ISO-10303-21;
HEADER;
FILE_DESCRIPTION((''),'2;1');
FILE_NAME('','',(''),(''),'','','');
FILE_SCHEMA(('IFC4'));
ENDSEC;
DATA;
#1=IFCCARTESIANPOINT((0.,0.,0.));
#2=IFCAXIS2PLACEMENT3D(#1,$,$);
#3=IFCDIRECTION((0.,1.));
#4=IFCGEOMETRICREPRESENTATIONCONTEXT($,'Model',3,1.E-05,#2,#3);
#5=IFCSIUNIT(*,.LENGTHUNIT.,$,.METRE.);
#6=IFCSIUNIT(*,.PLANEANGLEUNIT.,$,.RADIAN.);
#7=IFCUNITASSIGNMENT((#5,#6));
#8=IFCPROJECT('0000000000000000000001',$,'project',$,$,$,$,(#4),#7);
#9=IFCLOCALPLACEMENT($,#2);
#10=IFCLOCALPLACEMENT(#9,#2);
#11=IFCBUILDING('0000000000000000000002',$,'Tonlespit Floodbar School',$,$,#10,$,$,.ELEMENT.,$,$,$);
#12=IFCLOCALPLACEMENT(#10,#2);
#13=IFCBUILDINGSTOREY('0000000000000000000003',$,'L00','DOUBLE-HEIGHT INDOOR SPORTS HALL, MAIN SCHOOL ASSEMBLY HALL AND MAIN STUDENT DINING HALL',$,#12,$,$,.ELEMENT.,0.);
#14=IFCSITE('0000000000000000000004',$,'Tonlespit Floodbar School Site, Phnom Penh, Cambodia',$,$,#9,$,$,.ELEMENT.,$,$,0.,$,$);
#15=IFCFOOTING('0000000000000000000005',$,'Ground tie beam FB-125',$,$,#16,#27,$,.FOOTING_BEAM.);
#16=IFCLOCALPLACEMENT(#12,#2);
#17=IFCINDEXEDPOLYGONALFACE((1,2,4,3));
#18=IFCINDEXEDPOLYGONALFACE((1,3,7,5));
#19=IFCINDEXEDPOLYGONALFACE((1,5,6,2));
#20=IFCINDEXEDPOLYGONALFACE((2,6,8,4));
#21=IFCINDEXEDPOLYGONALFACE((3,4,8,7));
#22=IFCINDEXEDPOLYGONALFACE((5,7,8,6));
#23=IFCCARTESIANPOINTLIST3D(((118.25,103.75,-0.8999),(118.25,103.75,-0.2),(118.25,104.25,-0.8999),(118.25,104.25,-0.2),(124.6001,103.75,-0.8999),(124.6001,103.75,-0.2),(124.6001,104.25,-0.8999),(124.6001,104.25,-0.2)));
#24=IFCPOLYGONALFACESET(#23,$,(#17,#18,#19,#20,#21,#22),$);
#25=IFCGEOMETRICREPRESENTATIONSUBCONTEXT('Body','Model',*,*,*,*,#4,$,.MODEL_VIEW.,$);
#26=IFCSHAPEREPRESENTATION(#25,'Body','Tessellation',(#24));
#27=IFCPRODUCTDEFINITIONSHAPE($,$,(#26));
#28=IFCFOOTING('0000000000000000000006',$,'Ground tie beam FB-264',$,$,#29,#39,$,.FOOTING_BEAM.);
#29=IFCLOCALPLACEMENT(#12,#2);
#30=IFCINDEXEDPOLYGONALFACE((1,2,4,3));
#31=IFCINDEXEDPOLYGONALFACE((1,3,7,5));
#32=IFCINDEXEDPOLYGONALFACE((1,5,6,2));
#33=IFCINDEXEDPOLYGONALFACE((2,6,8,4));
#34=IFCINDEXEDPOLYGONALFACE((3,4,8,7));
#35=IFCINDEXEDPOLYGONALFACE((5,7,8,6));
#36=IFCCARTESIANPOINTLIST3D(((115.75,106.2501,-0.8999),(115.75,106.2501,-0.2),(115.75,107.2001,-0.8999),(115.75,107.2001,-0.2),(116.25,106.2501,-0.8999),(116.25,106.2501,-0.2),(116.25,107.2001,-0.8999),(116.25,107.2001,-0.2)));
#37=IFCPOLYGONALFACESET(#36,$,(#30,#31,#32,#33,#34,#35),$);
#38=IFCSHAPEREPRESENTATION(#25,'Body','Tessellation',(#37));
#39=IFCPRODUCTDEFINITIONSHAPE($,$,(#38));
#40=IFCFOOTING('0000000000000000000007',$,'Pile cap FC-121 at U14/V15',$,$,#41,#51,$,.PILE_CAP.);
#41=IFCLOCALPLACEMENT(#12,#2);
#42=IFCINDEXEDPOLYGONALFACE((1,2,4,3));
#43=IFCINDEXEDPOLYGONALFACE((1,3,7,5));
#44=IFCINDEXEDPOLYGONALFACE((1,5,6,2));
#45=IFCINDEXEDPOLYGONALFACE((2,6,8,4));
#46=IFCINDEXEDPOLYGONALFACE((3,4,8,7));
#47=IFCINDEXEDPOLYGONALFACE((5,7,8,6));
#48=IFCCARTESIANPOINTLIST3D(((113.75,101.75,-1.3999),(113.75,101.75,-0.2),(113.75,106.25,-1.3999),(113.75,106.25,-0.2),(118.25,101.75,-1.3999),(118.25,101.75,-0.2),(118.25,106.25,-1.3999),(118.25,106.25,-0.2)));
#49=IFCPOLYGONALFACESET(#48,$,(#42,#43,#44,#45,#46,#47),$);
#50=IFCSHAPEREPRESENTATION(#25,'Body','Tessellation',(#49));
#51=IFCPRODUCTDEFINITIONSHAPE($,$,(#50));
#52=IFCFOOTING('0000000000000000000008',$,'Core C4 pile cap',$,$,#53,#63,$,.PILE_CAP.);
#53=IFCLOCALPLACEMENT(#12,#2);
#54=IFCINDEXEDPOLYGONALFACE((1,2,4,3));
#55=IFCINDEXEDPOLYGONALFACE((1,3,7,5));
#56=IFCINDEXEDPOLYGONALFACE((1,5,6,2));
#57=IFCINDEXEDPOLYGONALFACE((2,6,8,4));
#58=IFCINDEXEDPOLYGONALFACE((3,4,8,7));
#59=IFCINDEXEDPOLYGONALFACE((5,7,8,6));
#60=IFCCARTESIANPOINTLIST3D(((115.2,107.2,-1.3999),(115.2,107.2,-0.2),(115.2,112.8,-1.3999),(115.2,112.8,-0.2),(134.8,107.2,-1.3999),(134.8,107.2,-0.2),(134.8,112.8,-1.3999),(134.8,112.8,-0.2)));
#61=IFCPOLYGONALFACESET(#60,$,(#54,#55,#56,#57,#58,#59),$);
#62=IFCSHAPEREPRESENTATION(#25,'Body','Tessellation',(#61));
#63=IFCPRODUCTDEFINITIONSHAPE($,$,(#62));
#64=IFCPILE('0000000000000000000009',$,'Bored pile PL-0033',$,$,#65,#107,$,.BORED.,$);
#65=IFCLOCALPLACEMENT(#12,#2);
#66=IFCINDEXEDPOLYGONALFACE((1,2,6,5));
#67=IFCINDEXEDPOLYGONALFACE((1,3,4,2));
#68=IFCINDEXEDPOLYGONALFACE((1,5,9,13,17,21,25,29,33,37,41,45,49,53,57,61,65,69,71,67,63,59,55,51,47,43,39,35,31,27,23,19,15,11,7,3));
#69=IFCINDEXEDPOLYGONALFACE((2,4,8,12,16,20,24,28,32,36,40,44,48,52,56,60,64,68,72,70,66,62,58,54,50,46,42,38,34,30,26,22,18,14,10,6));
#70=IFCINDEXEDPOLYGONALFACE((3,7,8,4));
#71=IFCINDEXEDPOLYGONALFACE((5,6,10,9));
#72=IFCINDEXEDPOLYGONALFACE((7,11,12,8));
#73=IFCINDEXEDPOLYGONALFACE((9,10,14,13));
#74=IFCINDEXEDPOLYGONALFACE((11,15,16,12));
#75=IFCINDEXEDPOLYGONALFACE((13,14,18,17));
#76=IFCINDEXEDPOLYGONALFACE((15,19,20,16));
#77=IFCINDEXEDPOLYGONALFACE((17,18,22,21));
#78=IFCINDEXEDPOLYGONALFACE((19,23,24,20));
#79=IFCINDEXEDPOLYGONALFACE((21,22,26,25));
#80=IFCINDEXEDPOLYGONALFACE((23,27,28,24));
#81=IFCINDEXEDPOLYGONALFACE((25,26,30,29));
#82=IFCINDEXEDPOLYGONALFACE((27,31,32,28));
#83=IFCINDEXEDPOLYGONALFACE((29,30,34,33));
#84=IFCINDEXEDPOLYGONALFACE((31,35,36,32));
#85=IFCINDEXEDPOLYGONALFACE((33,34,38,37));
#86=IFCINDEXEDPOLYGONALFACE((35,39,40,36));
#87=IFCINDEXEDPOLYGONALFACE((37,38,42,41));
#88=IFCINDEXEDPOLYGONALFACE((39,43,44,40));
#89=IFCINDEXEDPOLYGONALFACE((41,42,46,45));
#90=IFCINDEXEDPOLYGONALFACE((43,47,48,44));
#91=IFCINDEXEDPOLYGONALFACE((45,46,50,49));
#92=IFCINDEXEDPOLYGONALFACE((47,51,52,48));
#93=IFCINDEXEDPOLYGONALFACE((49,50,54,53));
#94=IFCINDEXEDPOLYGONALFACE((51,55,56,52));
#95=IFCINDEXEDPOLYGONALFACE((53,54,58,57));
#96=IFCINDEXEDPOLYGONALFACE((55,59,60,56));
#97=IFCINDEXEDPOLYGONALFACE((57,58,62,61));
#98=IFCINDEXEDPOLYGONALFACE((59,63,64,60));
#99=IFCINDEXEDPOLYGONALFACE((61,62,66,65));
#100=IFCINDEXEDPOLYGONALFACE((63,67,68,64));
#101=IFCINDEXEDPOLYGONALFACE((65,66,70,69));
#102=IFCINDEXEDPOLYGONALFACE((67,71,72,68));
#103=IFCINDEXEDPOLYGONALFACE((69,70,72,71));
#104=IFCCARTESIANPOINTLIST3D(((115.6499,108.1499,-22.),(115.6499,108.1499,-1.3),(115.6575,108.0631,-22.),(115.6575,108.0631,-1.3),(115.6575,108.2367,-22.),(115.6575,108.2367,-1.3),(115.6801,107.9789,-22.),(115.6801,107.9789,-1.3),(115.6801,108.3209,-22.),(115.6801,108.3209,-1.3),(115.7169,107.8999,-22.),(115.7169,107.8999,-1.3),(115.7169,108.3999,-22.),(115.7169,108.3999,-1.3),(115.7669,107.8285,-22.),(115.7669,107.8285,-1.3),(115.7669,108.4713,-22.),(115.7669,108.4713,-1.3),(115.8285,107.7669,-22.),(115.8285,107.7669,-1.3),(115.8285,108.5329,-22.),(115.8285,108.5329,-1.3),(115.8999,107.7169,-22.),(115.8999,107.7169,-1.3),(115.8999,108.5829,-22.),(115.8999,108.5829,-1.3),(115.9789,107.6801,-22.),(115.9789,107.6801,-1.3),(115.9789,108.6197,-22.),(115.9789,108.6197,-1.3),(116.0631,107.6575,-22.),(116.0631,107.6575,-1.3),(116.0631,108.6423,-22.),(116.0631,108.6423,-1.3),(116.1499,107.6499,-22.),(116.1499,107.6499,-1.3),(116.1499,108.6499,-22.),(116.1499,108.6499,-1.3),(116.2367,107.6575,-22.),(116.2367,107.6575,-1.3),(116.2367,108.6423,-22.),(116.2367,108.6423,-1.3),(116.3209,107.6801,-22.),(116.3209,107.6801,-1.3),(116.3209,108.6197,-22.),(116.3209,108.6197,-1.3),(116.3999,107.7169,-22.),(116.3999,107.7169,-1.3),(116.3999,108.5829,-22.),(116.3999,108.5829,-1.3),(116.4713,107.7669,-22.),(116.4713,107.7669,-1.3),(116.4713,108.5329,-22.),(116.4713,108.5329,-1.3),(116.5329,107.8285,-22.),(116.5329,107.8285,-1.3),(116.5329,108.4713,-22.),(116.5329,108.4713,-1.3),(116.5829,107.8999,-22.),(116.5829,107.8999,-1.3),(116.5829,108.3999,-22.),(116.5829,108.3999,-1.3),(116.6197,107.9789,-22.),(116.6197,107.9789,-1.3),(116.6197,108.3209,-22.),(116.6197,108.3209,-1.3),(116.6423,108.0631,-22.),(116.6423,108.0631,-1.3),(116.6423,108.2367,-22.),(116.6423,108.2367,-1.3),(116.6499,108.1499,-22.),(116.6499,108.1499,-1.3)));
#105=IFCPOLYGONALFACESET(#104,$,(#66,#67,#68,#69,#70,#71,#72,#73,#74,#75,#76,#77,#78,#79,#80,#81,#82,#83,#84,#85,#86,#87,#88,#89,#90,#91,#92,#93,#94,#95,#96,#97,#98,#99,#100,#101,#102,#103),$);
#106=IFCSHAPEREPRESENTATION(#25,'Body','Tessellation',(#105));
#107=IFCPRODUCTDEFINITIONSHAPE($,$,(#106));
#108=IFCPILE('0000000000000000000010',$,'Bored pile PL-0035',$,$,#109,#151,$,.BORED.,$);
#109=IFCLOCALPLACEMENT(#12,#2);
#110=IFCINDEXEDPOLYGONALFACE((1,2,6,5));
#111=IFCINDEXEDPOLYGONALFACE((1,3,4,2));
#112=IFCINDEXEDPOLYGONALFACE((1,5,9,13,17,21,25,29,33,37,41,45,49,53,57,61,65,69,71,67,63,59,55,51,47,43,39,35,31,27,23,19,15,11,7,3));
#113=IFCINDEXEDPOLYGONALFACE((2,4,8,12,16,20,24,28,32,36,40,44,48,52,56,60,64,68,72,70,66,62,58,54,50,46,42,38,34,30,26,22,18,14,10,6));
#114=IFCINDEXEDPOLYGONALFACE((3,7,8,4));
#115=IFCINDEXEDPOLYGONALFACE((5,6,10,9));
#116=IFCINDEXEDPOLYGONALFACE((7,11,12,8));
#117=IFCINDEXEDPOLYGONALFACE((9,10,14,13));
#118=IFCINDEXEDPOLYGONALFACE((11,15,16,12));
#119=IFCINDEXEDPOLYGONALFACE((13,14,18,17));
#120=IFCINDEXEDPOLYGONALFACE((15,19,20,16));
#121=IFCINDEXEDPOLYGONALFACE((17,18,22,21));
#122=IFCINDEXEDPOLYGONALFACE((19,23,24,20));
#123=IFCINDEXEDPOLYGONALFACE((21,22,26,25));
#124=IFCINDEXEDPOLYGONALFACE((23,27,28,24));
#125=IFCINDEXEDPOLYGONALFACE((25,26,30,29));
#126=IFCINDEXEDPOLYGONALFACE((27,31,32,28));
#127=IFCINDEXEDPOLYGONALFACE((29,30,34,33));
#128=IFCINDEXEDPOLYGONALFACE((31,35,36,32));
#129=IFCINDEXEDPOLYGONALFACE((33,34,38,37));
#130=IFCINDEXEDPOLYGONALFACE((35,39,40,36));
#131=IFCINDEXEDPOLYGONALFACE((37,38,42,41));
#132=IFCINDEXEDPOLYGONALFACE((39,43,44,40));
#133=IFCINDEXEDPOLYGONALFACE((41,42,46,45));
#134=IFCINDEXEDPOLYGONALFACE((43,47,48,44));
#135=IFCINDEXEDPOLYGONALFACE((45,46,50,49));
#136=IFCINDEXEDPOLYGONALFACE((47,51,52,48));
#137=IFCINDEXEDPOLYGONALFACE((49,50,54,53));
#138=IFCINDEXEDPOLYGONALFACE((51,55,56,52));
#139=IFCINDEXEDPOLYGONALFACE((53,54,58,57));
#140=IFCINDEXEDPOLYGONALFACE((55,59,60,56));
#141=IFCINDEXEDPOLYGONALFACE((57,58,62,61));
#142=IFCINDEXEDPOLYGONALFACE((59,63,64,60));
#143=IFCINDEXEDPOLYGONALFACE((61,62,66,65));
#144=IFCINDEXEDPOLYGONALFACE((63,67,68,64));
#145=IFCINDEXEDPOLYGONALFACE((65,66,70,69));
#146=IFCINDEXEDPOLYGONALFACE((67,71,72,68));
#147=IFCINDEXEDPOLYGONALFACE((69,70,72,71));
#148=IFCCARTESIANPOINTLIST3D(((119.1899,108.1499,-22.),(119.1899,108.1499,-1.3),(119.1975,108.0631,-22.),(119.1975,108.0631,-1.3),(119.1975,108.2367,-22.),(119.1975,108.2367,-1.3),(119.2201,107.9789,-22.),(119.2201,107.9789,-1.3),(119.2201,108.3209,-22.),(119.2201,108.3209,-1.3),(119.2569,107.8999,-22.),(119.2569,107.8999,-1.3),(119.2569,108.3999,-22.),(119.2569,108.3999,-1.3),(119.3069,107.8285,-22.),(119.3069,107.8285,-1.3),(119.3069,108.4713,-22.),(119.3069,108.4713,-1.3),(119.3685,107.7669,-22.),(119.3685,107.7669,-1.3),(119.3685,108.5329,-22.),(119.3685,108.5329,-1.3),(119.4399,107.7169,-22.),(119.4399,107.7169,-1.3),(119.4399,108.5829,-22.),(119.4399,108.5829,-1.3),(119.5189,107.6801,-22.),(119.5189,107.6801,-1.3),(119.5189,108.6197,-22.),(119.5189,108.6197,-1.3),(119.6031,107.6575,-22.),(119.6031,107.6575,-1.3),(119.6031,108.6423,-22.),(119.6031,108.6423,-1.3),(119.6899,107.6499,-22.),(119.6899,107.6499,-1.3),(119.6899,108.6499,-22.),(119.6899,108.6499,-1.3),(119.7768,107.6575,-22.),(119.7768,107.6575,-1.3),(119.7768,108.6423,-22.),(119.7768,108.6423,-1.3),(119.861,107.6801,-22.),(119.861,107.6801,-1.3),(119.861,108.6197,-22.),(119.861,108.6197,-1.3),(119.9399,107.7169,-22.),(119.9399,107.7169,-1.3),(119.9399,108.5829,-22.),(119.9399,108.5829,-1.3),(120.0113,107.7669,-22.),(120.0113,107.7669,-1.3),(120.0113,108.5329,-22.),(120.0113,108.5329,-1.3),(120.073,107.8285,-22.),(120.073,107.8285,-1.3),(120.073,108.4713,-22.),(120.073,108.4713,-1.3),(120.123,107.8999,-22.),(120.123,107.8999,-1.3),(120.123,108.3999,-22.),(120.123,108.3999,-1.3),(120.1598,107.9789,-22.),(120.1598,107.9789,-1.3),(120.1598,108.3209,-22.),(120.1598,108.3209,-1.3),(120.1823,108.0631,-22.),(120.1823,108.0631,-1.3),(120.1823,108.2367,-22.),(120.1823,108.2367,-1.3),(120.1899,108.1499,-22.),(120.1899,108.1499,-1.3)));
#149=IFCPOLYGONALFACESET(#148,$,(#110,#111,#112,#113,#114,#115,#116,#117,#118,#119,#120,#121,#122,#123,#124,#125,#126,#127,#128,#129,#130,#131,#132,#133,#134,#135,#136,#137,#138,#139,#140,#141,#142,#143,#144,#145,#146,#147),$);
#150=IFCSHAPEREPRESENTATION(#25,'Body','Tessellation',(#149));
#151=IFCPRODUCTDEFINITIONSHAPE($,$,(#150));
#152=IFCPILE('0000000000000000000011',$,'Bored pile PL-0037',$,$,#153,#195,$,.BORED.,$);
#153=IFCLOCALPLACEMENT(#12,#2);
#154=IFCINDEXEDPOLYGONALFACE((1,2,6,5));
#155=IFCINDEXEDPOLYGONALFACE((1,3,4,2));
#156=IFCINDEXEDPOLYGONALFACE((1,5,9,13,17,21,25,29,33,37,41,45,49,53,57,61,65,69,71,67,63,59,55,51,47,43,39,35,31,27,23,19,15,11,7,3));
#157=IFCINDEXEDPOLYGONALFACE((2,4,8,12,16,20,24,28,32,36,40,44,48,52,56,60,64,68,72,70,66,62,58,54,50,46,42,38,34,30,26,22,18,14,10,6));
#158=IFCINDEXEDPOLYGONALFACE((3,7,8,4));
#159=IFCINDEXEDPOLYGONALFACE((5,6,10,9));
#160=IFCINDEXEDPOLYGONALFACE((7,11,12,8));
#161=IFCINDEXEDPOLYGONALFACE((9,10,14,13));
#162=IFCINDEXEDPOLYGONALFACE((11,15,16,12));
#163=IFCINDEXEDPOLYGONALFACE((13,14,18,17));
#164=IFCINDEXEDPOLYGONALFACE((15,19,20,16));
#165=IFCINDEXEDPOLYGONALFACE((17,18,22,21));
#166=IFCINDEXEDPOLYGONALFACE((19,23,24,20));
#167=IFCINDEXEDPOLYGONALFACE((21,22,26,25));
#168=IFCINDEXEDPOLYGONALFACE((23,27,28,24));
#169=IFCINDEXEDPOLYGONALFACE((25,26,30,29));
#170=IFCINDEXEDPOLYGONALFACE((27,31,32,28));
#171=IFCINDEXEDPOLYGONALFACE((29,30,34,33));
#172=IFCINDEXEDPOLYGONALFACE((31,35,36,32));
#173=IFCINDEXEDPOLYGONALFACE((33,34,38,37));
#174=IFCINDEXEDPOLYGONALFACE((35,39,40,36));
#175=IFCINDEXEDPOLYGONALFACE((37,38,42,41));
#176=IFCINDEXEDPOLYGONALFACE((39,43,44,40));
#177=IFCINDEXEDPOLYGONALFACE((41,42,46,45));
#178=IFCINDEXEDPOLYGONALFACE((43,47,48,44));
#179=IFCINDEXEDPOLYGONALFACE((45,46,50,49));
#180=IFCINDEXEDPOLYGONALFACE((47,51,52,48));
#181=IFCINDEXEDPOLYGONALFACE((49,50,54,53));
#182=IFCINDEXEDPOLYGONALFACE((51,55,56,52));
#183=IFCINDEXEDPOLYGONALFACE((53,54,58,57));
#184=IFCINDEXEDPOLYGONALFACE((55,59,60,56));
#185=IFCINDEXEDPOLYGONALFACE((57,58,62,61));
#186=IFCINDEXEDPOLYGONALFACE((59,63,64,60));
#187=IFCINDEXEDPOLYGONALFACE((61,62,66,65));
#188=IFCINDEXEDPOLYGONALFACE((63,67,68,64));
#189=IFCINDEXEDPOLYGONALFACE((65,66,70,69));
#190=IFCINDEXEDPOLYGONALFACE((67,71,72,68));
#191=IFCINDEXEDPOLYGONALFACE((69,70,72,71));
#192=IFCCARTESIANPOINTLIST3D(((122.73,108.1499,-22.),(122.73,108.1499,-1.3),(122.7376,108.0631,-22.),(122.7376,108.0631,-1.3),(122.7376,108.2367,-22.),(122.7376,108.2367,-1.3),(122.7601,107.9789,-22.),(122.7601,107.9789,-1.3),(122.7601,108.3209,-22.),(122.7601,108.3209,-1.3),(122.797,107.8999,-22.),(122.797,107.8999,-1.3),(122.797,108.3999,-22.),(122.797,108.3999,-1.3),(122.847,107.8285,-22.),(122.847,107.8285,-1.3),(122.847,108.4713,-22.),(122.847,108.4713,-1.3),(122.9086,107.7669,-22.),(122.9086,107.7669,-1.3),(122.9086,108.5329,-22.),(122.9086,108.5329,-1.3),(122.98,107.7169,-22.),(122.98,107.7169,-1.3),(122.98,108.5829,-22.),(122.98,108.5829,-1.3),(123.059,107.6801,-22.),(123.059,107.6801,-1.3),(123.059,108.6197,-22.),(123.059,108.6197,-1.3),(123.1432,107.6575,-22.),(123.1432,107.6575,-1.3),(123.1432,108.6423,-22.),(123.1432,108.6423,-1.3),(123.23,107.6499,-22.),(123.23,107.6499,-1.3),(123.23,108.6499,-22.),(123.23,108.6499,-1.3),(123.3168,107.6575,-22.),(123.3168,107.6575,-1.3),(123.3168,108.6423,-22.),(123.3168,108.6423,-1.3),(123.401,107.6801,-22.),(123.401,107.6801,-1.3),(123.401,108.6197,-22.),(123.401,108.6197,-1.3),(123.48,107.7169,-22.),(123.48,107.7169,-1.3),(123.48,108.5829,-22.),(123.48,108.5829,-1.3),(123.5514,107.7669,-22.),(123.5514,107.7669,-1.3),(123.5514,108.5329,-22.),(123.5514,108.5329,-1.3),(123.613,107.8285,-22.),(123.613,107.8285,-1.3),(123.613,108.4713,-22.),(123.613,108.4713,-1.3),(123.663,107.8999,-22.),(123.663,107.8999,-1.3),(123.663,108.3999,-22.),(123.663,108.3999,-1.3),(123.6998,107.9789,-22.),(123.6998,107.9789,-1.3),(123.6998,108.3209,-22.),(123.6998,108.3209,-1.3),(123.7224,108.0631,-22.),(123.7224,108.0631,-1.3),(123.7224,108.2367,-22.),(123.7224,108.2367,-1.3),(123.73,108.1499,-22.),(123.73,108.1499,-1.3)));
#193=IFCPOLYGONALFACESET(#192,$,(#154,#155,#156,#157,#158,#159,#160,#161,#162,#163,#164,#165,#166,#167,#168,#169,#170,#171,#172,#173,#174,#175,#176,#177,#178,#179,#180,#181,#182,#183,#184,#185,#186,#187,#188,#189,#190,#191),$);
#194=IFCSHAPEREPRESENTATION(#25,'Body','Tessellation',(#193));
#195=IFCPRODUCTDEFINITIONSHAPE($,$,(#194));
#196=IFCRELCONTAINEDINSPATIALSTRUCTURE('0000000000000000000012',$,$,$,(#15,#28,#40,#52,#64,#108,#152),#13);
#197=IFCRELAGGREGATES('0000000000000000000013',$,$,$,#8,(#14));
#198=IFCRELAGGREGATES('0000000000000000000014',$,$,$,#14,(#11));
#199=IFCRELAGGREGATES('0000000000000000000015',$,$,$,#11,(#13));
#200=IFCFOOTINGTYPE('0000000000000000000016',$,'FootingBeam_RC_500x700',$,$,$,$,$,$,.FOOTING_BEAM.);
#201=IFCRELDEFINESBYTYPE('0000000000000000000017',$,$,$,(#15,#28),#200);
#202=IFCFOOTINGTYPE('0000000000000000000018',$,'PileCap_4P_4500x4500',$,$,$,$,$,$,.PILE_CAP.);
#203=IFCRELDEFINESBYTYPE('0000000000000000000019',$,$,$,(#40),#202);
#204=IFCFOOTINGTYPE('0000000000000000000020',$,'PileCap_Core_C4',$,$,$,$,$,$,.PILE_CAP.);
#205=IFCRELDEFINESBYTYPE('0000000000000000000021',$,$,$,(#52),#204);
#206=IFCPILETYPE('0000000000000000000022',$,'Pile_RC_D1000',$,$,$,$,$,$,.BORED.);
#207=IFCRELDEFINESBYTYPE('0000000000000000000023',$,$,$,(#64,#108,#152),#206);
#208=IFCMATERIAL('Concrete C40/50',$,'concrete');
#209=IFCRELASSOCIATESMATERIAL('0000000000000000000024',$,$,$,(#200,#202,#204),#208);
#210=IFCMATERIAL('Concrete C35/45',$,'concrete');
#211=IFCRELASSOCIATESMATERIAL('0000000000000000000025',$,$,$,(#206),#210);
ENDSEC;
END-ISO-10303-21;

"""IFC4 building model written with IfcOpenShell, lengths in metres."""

from ifc_helpers import new_model, si_unit, direction, frame, origin, origin_2d, place, context, subcontext, project, spatial, rectangle, circle, extrude, material, material_profile, profile_set, type_object, element, save


model = new_model("IFC4")

# Units and contexts
model_context = context("Model", 3, precision=1e-05, world=origin(), true_north=direction((0.0, 1.0)))
body_context = subcontext(model_context, "Body", "Model", "MODEL_VIEW")
ifc_project = project(units=[si_unit("LENGTHUNIT", "METRE"), si_unit("PLANEANGLEUNIT", "RADIAN")], contexts=[model_context])

# Site, building, storey
site_placement = place(None, origin())
site = spatial("IfcSite", under=ifc_project, at=site_placement, Name="Tonlespit Floodbar School Site, Phnom Penh, Cambodia", CompositionType="ELEMENT", RefElevation=0.0)
building_placement = place(site_placement, origin())
building = spatial("IfcBuilding", under=site, at=building_placement, Name="Tonlespit Floodbar School", CompositionType="ELEMENT")
storey_placement = place(building_placement, origin())
storey = spatial("IfcBuildingStorey", under=building, at=storey_placement, Name="L00", Description="DOUBLE-HEIGHT INDOOR SPORTS HALL, MAIN SCHOOL ASSEMBLY HALL AND MAIN STUDENT DINING HALL", CompositionType="ELEMENT", Elevation=0.0)

# Footings
ifc_material_1 = material(Name="Concrete C40/50", Category="concrete")
footing_type_1 = type_object("IfcFootingType", Name="FootingBeam_RC_500x700", PredefinedType="FOOTING_BEAM", material=ifc_material_1)
footing_1_placement = place(storey_placement, frame((121.425, 104.0, -0.8999), z_axis=(0.0, 0.0, 1.0), x_axis=(1.0, 0.0, 0.0)))
element("IfcFooting", 1, at=footing_1_placement, inside=storey, type_object=footing_type_1, Name="Ground tie beam FB-125", PredefinedType="FOOTING_BEAM", context=body_context, shape_type="SweptSolid", body=[
    extrude(rectangle(XDim=6.3501, YDim=0.5, at=origin_2d()), origin(), (0.0, 0.0, 1.0), 0.7),
])
footing_2_placement = place(storey_placement, frame((116.0, 106.7251, -0.8999), z_axis=(0.0, 0.0, 1.0), x_axis=(0.0, 1.0, 0.0)))
element("IfcFooting", 2, at=footing_2_placement, inside=storey, type_object=footing_type_1, Name="Ground tie beam FB-264", PredefinedType="FOOTING_BEAM", context=body_context, shape_type="SweptSolid", body=[
    extrude(rectangle(XDim=0.95, YDim=0.5, at=origin_2d()), origin(), (0.0, 0.0, 1.0), 0.7),
])
footing_type_2 = type_object("IfcFootingType", Name="PileCap_4P_4500x4500", PredefinedType="PILE_CAP", material=ifc_material_1)
footing_3_placement = place(storey_placement, frame((116.0, 104.0, -1.3999), z_axis=(0.0, 0.0, 1.0), x_axis=(1.0, 0.0, 0.0)))
element("IfcFooting", 3, at=footing_3_placement, inside=storey, type_object=footing_type_2, Name="Pile cap FC-121 at U14/V15", PredefinedType="PILE_CAP", context=body_context, shape_type="SweptSolid", body=[
    extrude(rectangle(XDim=4.5, YDim=4.5, at=origin_2d()), origin(), (0.0, 0.0, 1.0), 1.2),
])
footing_type_3 = type_object("IfcFootingType", Name="PileCap_Core_C4", PredefinedType="PILE_CAP", material=ifc_material_1)
footing_4_placement = place(storey_placement, frame((125.0, 110.0, -1.3999), z_axis=(0.0, 0.0, 1.0), x_axis=(1.0, 0.0, 0.0)))
element("IfcFooting", 4, at=footing_4_placement, inside=storey, type_object=footing_type_3, Name="Core C4 pile cap", PredefinedType="PILE_CAP", context=body_context, shape_type="SweptSolid", body=[
    extrude(rectangle(XDim=19.6001, YDim=5.6001, at=origin_2d()), origin(), (0.0, 0.0, 1.0), 1.2),
])

# Piles
ifc_material_2 = material(Name="Concrete C35/45", Category="concrete")
ifc_material_profile_1 = material_profile(ifc_material_2, circle(Radius=0.5, at=origin_2d()), Name="BP D1000")
ifc_profile_set_1 = profile_set([ifc_material_profile_1], Name="Concrete C35/45")
pile_type = type_object("IfcPileType", Name="Pile_RC_D1000", PredefinedType="BORED", material=ifc_profile_set_1)
for number, where, z_axis, x_axis, name in (
    (5, (116.1499, 108.1499, -1.3), (0.0, 0.0, -1.0), (1.0, 0.0, 0.0), "Bored pile PL-0033"),
    (6, (119.6899, 108.1499, -1.3), (0.0, 0.0, -1.0), (1.0, 0.0, 0.0), "Bored pile PL-0035"),
    (7, (123.23, 108.1499, -1.3), (0.0, 0.0, -1.0), (1.0, 0.0, 0.0), "Bored pile PL-0037"),
):
    element("IfcPile", number, at=place(storey_placement, frame(where, z_axis=z_axis, x_axis=x_axis)), inside=storey, type_object=pile_type, Name=name, PredefinedType="BORED", context=body_context, shape_type="SweptSolid", body=[
        extrude(circle(Radius=0.5, at=origin_2d()), origin(), (0.0, 0.0, 1.0), 20.7),
    ])

save(model, "model.ifc")
